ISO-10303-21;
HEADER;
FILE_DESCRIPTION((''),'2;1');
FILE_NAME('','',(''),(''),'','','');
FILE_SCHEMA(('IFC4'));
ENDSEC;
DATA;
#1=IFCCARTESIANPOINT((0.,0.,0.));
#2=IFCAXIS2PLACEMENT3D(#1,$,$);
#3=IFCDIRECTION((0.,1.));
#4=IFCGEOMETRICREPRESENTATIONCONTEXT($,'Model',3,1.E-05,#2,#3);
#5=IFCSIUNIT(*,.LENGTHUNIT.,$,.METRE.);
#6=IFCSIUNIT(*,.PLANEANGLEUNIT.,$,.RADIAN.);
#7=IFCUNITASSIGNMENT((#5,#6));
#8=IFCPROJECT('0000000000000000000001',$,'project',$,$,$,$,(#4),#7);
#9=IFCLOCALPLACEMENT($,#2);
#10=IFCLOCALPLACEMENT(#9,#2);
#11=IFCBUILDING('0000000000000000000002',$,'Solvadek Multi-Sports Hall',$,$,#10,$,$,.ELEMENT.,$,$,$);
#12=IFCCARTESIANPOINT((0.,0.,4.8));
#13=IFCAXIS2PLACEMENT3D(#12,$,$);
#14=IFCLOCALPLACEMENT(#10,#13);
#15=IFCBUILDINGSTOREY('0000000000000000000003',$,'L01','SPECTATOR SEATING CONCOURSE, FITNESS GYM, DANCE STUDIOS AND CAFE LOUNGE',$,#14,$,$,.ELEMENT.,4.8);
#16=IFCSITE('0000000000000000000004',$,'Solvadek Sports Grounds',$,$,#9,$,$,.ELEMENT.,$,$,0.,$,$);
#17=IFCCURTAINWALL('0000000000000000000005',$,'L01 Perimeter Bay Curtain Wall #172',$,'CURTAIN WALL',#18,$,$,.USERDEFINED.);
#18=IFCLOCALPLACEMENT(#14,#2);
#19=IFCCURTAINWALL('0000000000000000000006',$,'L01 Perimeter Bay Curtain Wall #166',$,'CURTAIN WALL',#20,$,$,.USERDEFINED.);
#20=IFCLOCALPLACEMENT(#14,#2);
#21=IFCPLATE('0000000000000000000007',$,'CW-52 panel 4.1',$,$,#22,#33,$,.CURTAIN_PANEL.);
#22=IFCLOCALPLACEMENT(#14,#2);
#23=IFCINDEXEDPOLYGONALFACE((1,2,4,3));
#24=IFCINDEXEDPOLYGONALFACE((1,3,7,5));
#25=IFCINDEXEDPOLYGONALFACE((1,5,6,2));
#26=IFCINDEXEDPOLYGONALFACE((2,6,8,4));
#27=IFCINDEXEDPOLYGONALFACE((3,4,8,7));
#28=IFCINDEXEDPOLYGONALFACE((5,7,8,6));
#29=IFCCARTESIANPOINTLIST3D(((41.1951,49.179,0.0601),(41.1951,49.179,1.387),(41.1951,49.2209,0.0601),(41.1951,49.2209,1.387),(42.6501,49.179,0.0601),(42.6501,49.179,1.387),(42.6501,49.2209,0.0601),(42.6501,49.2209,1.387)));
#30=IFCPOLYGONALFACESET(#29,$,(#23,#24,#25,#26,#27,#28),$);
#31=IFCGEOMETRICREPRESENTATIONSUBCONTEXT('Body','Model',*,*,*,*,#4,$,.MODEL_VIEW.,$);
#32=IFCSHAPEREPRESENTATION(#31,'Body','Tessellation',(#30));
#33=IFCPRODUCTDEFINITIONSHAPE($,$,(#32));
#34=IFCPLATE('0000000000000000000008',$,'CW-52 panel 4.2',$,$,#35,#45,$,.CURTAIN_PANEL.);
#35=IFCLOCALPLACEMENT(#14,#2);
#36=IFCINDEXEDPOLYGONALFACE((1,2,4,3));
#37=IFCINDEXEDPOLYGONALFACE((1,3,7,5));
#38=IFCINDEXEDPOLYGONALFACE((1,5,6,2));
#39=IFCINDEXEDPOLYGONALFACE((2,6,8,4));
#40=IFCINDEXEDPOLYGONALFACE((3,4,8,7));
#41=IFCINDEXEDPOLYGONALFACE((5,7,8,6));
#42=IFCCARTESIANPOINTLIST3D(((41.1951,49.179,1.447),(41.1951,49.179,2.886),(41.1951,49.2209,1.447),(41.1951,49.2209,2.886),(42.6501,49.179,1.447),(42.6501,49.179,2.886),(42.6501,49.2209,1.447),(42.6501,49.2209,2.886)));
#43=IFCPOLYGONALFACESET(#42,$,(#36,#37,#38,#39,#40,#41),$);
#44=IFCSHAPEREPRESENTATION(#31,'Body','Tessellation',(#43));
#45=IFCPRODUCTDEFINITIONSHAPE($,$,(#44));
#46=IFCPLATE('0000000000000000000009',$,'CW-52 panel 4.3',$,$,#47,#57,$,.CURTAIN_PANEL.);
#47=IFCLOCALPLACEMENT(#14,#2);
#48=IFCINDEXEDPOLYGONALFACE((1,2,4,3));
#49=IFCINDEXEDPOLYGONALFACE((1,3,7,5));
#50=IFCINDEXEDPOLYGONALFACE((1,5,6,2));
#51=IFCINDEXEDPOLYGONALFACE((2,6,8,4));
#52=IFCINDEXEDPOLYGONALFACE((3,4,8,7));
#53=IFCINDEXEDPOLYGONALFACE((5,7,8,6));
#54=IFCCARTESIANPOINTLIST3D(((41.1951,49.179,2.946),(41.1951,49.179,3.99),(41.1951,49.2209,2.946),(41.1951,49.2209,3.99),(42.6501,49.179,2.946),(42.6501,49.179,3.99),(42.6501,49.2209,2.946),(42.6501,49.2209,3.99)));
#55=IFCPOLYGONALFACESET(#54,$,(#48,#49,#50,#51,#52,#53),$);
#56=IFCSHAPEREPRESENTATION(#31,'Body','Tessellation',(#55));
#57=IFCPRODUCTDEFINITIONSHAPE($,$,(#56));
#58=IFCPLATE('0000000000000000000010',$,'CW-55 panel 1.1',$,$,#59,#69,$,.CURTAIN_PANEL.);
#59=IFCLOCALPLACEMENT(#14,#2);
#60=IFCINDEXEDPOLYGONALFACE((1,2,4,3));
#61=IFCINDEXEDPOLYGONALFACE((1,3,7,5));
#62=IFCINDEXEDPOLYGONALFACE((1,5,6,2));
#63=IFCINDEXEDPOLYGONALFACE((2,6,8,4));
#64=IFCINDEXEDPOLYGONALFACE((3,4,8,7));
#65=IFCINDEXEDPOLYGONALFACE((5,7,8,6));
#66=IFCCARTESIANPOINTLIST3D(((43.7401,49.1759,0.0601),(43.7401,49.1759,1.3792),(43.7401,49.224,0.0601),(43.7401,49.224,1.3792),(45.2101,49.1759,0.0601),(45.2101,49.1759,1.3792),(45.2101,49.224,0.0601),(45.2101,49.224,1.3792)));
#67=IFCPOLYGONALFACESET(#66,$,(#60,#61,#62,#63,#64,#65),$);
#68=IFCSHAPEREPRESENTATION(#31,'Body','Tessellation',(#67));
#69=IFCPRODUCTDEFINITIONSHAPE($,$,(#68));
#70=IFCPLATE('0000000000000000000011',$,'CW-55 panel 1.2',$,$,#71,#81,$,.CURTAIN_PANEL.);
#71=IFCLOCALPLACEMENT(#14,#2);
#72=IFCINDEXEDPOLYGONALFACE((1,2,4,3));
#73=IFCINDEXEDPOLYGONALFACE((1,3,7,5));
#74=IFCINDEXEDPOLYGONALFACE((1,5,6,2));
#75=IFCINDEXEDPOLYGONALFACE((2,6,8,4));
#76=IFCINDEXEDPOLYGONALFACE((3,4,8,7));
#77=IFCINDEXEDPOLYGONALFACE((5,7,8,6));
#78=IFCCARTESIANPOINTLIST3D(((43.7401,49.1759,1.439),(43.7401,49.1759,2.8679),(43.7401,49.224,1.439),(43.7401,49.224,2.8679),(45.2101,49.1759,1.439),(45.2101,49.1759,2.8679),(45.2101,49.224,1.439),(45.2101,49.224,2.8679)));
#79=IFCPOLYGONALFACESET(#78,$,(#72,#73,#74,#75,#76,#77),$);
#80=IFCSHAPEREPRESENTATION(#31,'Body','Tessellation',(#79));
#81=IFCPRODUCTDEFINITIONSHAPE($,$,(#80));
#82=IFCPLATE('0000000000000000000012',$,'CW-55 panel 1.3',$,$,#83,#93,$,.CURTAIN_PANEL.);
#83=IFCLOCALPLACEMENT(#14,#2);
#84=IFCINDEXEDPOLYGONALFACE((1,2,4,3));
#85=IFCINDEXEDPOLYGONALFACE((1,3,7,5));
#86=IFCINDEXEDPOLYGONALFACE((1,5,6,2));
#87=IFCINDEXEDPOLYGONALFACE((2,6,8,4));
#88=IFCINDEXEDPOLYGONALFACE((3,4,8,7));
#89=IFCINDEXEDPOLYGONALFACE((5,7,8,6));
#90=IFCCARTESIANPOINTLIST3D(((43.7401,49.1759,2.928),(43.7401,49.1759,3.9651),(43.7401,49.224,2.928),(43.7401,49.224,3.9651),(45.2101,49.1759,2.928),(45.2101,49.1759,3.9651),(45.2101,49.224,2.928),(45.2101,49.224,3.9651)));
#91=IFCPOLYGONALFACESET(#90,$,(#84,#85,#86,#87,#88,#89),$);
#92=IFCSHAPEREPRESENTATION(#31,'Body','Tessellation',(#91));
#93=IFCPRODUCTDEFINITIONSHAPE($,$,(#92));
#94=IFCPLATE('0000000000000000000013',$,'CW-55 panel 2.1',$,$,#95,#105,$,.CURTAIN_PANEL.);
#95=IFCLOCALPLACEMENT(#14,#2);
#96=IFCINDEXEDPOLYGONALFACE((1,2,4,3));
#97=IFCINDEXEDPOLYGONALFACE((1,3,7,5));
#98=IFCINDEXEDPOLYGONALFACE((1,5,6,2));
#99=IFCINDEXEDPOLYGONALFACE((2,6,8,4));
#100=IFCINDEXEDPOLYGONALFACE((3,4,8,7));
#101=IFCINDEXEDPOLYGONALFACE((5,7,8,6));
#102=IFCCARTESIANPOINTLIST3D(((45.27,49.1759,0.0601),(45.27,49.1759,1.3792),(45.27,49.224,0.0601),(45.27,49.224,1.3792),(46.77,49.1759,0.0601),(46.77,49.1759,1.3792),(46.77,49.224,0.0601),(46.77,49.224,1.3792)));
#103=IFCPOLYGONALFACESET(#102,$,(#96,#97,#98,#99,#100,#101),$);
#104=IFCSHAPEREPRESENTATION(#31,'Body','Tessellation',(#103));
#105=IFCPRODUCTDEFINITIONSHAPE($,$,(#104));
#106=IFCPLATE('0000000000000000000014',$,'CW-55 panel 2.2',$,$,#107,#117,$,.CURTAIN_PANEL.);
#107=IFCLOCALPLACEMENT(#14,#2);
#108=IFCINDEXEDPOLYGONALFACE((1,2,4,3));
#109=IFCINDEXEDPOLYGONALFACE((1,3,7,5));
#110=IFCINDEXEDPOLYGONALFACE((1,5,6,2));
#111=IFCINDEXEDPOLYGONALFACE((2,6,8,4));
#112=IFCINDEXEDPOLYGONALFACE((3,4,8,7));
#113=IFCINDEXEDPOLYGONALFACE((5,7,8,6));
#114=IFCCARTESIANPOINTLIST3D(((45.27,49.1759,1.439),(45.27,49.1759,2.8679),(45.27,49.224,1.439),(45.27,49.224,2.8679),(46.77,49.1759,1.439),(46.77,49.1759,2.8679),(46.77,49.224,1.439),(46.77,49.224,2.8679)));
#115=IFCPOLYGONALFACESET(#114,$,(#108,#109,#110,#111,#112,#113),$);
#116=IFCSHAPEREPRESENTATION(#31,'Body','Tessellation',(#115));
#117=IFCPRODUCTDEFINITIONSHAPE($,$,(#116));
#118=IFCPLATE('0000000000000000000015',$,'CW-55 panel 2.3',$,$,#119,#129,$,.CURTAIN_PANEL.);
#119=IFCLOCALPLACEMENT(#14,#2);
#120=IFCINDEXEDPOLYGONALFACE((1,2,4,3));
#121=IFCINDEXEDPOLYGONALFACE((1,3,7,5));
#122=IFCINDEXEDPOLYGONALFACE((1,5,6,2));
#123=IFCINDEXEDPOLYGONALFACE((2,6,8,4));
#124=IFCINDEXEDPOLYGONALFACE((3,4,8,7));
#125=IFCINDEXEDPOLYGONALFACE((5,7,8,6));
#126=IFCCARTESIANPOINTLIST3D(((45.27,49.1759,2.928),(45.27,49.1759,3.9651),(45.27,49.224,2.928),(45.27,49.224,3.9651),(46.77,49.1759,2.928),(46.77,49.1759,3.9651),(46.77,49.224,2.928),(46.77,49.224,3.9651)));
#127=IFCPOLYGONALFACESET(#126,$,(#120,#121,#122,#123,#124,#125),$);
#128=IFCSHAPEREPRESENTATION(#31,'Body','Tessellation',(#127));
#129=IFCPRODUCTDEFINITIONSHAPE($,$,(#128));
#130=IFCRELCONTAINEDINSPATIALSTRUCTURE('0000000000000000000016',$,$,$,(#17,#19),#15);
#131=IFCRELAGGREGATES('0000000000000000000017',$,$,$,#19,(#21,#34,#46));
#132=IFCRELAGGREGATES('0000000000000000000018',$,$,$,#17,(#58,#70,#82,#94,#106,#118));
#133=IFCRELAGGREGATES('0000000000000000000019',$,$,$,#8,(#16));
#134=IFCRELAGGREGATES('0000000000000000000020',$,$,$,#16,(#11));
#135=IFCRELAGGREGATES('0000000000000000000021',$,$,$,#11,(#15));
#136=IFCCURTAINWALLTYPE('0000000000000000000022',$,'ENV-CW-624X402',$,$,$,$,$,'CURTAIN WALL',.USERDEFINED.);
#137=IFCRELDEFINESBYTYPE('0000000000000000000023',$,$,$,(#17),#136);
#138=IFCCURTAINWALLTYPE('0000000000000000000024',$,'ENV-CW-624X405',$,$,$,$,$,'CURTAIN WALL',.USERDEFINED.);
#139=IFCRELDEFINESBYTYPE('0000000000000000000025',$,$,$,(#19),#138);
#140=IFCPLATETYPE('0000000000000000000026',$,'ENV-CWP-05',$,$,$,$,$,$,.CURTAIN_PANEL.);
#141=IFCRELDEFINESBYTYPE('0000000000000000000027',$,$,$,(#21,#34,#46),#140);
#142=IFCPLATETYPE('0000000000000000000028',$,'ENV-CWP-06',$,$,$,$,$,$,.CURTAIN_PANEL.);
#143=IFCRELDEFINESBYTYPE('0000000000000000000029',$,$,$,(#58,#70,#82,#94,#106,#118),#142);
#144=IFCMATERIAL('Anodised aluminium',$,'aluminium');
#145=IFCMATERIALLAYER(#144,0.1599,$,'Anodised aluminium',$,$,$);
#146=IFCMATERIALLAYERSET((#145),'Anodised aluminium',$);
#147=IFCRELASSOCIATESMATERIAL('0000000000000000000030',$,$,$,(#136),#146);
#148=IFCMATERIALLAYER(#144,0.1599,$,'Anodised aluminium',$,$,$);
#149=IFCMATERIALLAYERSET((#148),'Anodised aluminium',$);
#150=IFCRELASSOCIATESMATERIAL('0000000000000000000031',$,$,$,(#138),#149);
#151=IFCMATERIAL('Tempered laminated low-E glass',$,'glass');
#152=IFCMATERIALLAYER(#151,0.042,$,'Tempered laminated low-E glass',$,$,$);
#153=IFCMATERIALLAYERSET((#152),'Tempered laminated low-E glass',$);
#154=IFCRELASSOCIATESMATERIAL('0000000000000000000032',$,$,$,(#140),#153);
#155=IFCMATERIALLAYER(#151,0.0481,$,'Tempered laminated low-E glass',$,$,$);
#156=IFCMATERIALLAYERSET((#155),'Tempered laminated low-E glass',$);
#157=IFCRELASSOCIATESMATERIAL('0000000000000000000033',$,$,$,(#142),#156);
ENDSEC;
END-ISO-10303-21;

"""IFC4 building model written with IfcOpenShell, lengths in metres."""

from ifc_helpers import new_model, si_unit, direction, frame, origin, origin_2d, place, context, subcontext, project, spatial, rectangle, extrude, material, layer, layer_set, type_object, element, aggregate, save


model = new_model("IFC4")

# Units and contexts
model_context = context("Model", 3, precision=1e-05, world=origin(), true_north=direction((0.0, 1.0)))
body_context = subcontext(model_context, "Body", "Model", "MODEL_VIEW")
ifc_project = project(units=[si_unit("LENGTHUNIT", "METRE"), si_unit("PLANEANGLEUNIT", "RADIAN")], contexts=[model_context])

# Site, building, storey
site_placement = place(None, origin())
site = spatial("IfcSite", under=ifc_project, at=site_placement, Name="Solvadek Sports Grounds", CompositionType="ELEMENT", RefElevation=0.0)
building_placement = place(site_placement, origin())
building = spatial("IfcBuilding", under=site, at=building_placement, Name="Solvadek Multi-Sports Hall", CompositionType="ELEMENT")
storey_placement = place(building_placement, frame((0.0, 0.0, 4.8)))
storey = spatial("IfcBuildingStorey", under=building, at=storey_placement, Name="L01", Description="SPECTATOR SEATING CONCOURSE, FITNESS GYM, DANCE STUDIOS AND CAFE LOUNGE", CompositionType="ELEMENT", Elevation=4.8)

# Curtain walls
ifc_material_1 = material(Name="Anodised aluminium", Category="aluminium")
ifc_layer_1 = layer(ifc_material_1, 0.1599, Name="Anodised aluminium")
ifc_layer_set_1 = layer_set([ifc_layer_1], Name="Anodised aluminium")
curtain_wall_type_1 = type_object("IfcCurtainWallType", Name="ENV-CW-624X402", ElementType="CURTAIN WALL", PredefinedType="USERDEFINED", material=ifc_layer_set_1)
curtain_wall_1_placement = place(storey_placement, origin())
curtain_wall_1 = element("IfcCurtainWall", 1, at=curtain_wall_1_placement, inside=storey, type_object=curtain_wall_type_1, Name="L01 Perimeter Bay Curtain Wall #172", ObjectType="CURTAIN WALL", PredefinedType="USERDEFINED")
ifc_layer_2 = layer(ifc_material_1, 0.1599, Name="Anodised aluminium")
ifc_layer_set_2 = layer_set([ifc_layer_2], Name="Anodised aluminium")
curtain_wall_type_2 = type_object("IfcCurtainWallType", Name="ENV-CW-624X405", ElementType="CURTAIN WALL", PredefinedType="USERDEFINED", material=ifc_layer_set_2)
curtain_wall_2_placement = place(storey_placement, origin())
curtain_wall_2 = element("IfcCurtainWall", 2, at=curtain_wall_2_placement, inside=storey, type_object=curtain_wall_type_2, Name="L01 Perimeter Bay Curtain Wall #166", ObjectType="CURTAIN WALL", PredefinedType="USERDEFINED")

# Plates
ifc_material_2 = material(Name="Tempered laminated low-E glass", Category="glass")
ifc_layer_3 = layer(ifc_material_2, 0.042, Name="Tempered laminated low-E glass")
ifc_layer_set_3 = layer_set([ifc_layer_3], Name="Tempered laminated low-E glass")
plate_type_1 = type_object("IfcPlateType", Name="ENV-CWP-05", PredefinedType="CURTAIN_PANEL", material=ifc_layer_set_3)
plate_1_placement = place(storey_placement, frame((41.9226, 49.2, 0.0601), z_axis=(0.0, 0.0, 1.0), x_axis=(1.0, 0.0, 0.0)))
plate_1 = element("IfcPlate", 3, at=plate_1_placement, type_object=plate_type_1, Name="CW-52 panel 4.1", PredefinedType="CURTAIN_PANEL", context=body_context, shape_type="SweptSolid", body=[
    extrude(rectangle(XDim=1.4551, YDim=0.042, at=origin_2d()), origin(), (0.0, 0.0, 1.0), 1.3269),
])
plate_2_placement = place(storey_placement, frame((41.9226, 49.2, 1.447), z_axis=(0.0, 0.0, 1.0), x_axis=(1.0, 0.0, 0.0)))
plate_2 = element("IfcPlate", 4, at=plate_2_placement, type_object=plate_type_1, Name="CW-52 panel 4.2", PredefinedType="CURTAIN_PANEL", context=body_context, shape_type="SweptSolid", body=[
    extrude(rectangle(XDim=1.4551, YDim=0.042, at=origin_2d()), origin(), (0.0, 0.0, 1.0), 1.439),
])
plate_3_placement = place(storey_placement, frame((41.9226, 49.2, 2.946), z_axis=(0.0, 0.0, 1.0), x_axis=(1.0, 0.0, 0.0)))
plate_3 = element("IfcPlate", 5, at=plate_3_placement, type_object=plate_type_1, Name="CW-52 panel 4.3", PredefinedType="CURTAIN_PANEL", context=body_context, shape_type="SweptSolid", body=[
    extrude(rectangle(XDim=1.4551, YDim=0.042, at=origin_2d()), origin(), (0.0, 0.0, 1.0), 1.0439),
])
aggregate(curtain_wall_2, [plate_1, plate_2, plate_3])
ifc_layer_4 = layer(ifc_material_2, 0.0481, Name="Tempered laminated low-E glass")
ifc_layer_set_4 = layer_set([ifc_layer_4], Name="Tempered laminated low-E glass")
plate_type_2 = type_object("IfcPlateType", Name="ENV-CWP-06", PredefinedType="CURTAIN_PANEL", material=ifc_layer_set_4)
plate_4_placement = place(storey_placement, frame((44.4751, 49.2, 0.0601), z_axis=(0.0, 0.0, 1.0), x_axis=(1.0, 0.0, 0.0)))
plate_4 = element("IfcPlate", 6, at=plate_4_placement, type_object=plate_type_2, Name="CW-55 panel 1.1", PredefinedType="CURTAIN_PANEL", context=body_context, shape_type="SweptSolid", body=[
    extrude(rectangle(XDim=1.47, YDim=0.0481, at=origin_2d()), origin(), (0.0, 0.0, 1.0), 1.3191),
])
plate_5_placement = place(storey_placement, frame((44.4751, 49.2, 1.439), z_axis=(0.0, 0.0, 1.0), x_axis=(1.0, 0.0, 0.0)))
plate_5 = element("IfcPlate", 7, at=plate_5_placement, type_object=plate_type_2, Name="CW-55 panel 1.2", PredefinedType="CURTAIN_PANEL", context=body_context, shape_type="SweptSolid", body=[
    extrude(rectangle(XDim=1.47, YDim=0.0481, at=origin_2d()), origin(), (0.0, 0.0, 1.0), 1.429),
])
plate_6_placement = place(storey_placement, frame((44.4751, 49.2, 2.928), z_axis=(0.0, 0.0, 1.0), x_axis=(1.0, 0.0, 0.0)))
plate_6 = element("IfcPlate", 8, at=plate_6_placement, type_object=plate_type_2, Name="CW-55 panel 1.3", PredefinedType="CURTAIN_PANEL", context=body_context, shape_type="SweptSolid", body=[
    extrude(rectangle(XDim=1.47, YDim=0.0481, at=origin_2d()), origin(), (0.0, 0.0, 1.0), 1.0371),
])
plate_7_placement = place(storey_placement, frame((46.02, 49.2, 0.0601), z_axis=(0.0, 0.0, 1.0), x_axis=(1.0, 0.0, 0.0)))
plate_7 = element("IfcPlate", 9, at=plate_7_placement, type_object=plate_type_2, Name="CW-55 panel 2.1", PredefinedType="CURTAIN_PANEL", context=body_context, shape_type="SweptSolid", body=[
    extrude(rectangle(XDim=1.5, YDim=0.0481, at=origin_2d()), origin(), (0.0, 0.0, 1.0), 1.3191),
])
plate_8_placement = place(storey_placement, frame((46.02, 49.2, 1.439), z_axis=(0.0, 0.0, 1.0), x_axis=(1.0, 0.0, 0.0)))
plate_8 = element("IfcPlate", 10, at=plate_8_placement, type_object=plate_type_2, Name="CW-55 panel 2.2", PredefinedType="CURTAIN_PANEL", context=body_context, shape_type="SweptSolid", body=[
    extrude(rectangle(XDim=1.5, YDim=0.0481, at=origin_2d()), origin(), (0.0, 0.0, 1.0), 1.429),
])
plate_9_placement = place(storey_placement, frame((46.02, 49.2, 2.928), z_axis=(0.0, 0.0, 1.0), x_axis=(1.0, 0.0, 0.0)))
plate_9 = element("IfcPlate", 11, at=plate_9_placement, type_object=plate_type_2, Name="CW-55 panel 2.3", PredefinedType="CURTAIN_PANEL", context=body_context, shape_type="SweptSolid", body=[
    extrude(rectangle(XDim=1.5, YDim=0.0481, at=origin_2d()), origin(), (0.0, 0.0, 1.0), 1.0371),
])
aggregate(curtain_wall_1, [plate_4, plate_5, plate_6, plate_7, plate_8, plate_9])

save(model, "model.ifc")
